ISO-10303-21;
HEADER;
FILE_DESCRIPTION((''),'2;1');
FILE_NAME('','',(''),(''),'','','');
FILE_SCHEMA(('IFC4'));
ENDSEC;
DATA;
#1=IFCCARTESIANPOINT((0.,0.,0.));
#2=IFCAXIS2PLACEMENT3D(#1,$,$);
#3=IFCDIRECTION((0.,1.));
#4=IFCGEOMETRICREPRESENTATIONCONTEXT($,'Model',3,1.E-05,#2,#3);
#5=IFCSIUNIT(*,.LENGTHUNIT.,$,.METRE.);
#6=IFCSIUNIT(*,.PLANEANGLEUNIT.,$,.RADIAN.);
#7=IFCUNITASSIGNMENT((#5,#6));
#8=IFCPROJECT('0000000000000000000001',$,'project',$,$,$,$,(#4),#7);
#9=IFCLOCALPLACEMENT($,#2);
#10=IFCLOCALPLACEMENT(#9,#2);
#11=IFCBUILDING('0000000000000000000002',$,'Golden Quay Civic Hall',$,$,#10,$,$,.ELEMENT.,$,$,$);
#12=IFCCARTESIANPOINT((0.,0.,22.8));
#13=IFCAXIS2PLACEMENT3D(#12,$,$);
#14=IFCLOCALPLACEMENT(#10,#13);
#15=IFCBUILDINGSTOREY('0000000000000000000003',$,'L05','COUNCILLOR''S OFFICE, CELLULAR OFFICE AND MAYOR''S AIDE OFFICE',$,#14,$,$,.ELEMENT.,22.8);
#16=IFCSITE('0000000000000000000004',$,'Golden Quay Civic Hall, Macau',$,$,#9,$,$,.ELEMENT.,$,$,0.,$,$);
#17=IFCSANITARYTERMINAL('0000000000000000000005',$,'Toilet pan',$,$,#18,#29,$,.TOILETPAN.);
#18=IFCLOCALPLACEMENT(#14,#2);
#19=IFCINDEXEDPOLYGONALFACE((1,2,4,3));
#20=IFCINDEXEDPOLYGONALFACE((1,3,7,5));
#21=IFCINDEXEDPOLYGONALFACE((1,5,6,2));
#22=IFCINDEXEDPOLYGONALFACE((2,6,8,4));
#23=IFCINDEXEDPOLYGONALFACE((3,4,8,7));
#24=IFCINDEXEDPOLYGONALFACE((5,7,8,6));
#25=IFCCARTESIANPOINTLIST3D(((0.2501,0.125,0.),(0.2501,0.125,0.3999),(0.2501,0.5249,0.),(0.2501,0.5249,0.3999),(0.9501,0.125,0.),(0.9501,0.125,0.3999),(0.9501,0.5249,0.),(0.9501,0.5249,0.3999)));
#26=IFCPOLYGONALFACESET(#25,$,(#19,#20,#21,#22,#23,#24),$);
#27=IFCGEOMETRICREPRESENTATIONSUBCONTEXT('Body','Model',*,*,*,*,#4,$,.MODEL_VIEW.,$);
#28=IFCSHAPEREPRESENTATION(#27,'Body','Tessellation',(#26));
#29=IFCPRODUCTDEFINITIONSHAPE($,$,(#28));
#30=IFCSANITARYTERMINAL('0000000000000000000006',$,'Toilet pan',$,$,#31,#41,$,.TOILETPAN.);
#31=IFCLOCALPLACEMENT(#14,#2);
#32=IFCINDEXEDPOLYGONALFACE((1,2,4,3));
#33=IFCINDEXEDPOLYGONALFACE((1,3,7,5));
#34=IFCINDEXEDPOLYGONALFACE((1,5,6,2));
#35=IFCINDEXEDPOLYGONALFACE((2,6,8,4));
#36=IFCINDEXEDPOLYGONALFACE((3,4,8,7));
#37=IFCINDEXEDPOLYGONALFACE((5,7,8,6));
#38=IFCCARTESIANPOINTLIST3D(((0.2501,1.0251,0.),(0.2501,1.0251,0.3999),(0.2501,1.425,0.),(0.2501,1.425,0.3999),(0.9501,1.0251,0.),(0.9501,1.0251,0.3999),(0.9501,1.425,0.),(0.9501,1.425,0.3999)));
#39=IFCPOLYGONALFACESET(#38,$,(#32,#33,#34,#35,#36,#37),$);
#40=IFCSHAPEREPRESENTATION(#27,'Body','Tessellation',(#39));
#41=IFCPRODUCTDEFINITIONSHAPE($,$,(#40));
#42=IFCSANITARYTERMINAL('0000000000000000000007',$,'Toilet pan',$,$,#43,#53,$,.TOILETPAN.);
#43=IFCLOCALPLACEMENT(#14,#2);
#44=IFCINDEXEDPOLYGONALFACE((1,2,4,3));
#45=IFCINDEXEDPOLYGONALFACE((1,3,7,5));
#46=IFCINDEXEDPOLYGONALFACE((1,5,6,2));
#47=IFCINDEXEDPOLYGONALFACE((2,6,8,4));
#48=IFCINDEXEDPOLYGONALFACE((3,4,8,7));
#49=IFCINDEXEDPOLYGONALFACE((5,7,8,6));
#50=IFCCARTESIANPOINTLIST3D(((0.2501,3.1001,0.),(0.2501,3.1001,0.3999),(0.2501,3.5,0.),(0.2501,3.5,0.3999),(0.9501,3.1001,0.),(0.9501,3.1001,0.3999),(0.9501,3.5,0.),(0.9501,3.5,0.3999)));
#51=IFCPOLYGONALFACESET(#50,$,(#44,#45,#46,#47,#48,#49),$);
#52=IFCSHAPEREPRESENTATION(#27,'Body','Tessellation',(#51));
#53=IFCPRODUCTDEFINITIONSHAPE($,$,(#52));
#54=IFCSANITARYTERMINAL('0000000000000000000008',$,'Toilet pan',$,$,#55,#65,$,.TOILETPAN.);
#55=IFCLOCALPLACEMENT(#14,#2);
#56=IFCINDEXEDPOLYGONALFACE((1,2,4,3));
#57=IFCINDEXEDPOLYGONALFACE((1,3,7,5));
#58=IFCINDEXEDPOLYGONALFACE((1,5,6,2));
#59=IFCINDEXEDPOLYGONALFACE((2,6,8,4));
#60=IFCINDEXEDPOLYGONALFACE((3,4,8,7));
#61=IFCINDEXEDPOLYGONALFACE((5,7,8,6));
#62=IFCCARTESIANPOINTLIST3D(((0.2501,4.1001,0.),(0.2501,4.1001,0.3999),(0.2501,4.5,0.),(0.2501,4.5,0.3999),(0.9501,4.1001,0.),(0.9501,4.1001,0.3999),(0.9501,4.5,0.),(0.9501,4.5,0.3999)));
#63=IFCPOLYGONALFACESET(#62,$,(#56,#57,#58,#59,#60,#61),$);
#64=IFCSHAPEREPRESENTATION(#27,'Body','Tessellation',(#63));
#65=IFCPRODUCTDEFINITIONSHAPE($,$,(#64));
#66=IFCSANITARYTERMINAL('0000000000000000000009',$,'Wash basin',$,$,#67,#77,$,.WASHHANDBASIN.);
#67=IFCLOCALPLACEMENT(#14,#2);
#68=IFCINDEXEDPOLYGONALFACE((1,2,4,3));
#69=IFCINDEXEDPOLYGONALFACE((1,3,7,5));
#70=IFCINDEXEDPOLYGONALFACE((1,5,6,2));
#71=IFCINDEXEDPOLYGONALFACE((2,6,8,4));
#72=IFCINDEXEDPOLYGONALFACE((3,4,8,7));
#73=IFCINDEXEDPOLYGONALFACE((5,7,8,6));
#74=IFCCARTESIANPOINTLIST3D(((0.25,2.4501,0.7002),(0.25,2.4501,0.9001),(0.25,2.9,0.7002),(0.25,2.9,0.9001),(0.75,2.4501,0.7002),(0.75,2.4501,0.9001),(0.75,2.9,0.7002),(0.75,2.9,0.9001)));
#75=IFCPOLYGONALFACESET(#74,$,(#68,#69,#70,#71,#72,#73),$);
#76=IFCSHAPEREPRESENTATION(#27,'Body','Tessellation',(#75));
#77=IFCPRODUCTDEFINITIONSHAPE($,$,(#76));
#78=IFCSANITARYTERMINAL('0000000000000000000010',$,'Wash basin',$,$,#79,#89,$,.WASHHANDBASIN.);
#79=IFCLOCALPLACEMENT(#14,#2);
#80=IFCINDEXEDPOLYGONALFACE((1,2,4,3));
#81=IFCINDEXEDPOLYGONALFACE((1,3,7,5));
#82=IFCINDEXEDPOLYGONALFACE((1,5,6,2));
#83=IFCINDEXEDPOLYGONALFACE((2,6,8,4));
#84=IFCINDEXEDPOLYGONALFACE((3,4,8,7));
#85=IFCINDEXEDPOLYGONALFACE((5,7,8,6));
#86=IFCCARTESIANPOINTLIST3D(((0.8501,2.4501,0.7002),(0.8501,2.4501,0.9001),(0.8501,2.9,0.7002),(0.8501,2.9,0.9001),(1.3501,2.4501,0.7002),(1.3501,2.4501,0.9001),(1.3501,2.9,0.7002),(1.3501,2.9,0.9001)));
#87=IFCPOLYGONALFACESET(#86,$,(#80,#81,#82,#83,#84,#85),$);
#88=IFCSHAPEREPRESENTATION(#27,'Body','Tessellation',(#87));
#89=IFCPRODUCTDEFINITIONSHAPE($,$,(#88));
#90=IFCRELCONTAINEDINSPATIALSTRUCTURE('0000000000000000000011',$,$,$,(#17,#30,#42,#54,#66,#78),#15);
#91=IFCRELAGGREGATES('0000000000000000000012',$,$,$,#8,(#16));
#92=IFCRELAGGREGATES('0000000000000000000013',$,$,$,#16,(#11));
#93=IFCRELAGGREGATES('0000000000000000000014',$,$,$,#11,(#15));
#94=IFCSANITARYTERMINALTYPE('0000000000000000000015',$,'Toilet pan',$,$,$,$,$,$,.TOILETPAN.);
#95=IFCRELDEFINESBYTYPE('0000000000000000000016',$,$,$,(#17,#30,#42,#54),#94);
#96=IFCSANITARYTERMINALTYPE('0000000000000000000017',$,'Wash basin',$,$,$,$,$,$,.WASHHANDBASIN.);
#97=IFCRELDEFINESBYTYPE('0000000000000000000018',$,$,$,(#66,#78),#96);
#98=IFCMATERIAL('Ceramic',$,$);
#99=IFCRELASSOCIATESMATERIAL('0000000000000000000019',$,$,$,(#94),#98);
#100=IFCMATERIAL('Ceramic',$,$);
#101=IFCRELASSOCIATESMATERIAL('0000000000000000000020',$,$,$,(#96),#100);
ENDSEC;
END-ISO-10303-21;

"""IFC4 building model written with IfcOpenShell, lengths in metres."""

from ifc_helpers import new_model, si_unit, direction, frame, origin, origin_2d, place, context, subcontext, project, spatial, rectangle, extrude, material, type_object, element, save


model = new_model("IFC4")

# Units and contexts
model_context = context("Model", 3, precision=1e-05, world=origin(), true_north=direction((0.0, 1.0)))
body_context = subcontext(model_context, "Body", "Model", "MODEL_VIEW")
ifc_project = project(units=[si_unit("LENGTHUNIT", "METRE"), si_unit("PLANEANGLEUNIT", "RADIAN")], contexts=[model_context])

# Site, building, storey
site_placement = place(None, origin())
site = spatial("IfcSite", under=ifc_project, at=site_placement, Name="Golden Quay Civic Hall, Macau", CompositionType="ELEMENT", RefElevation=0.0)
building_placement = place(site_placement, origin())
building = spatial("IfcBuilding", under=site, at=building_placement, Name="Golden Quay Civic Hall", CompositionType="ELEMENT")
storey_placement = place(building_placement, frame((0.0, 0.0, 22.8)))
storey = spatial("IfcBuildingStorey", under=building, at=storey_placement, Name="L05", Description="COUNCILLOR'S OFFICE, CELLULAR OFFICE AND MAYOR'S AIDE OFFICE", CompositionType="ELEMENT", Elevation=22.8)

# Sanitary terminals
ifc_material_1 = material(Name="Ceramic")
sanitary_terminal_type_1 = type_object("IfcSanitaryTerminalType", Name="Toilet pan", PredefinedType="TOILETPAN", material=ifc_material_1)
for number, where, z_axis, x_axis, name in (
    (1, (0.6001, 0.325, 0.0), (0.0, 0.0, 1.0), (0.0, 1.0, 0.0), "Toilet pan"),
    (2, (0.6001, 1.2251, 0.0), (0.0, 0.0, 1.0), (0.0, 1.0, 0.0), "Toilet pan"),
    (3, (0.6001, 3.3, 0.0), (0.0, 0.0, 1.0), (0.0, 1.0, 0.0), "Toilet pan"),
    (4, (0.6001, 4.3, 0.0), (0.0, 0.0, 1.0), (0.0, 1.0, 0.0), "Toilet pan"),
):
    element("IfcSanitaryTerminal", number, at=place(storey_placement, frame(where, z_axis=z_axis, x_axis=x_axis)), inside=storey, type_object=sanitary_terminal_type_1, Name=name, PredefinedType="TOILETPAN", context=body_context, shape_type="SweptSolid", body=[
        extrude(rectangle(XDim=0.3999, YDim=0.7, at=origin_2d()), origin(), (0.0, 0.0, 1.0), 0.3999),
    ])
ifc_material_2 = material(Name="Ceramic")
sanitary_terminal_type_2 = type_object("IfcSanitaryTerminalType", Name="Wash basin", PredefinedType="WASHHANDBASIN", material=ifc_material_2)
for number, where, z_axis, x_axis, name in (
    (5, (0.5, 2.675, 0.7002), (0.0, 0.0, 1.0), (1.0, 0.0, 0.0), "Wash basin"),
    (6, (1.1001, 2.675, 0.7002), (0.0, 0.0, 1.0), (1.0, 0.0, 0.0), "Wash basin"),
):
    element("IfcSanitaryTerminal", number, at=place(storey_placement, frame(where, z_axis=z_axis, x_axis=x_axis)), inside=storey, type_object=sanitary_terminal_type_2, Name=name, PredefinedType="WASHHANDBASIN", context=body_context, shape_type="SweptSolid", body=[
        extrude(rectangle(XDim=0.5, YDim=0.45, at=origin_2d()), origin(), (0.0, 0.0, 1.0), 0.2),
    ])

save(model, "model.ifc")
